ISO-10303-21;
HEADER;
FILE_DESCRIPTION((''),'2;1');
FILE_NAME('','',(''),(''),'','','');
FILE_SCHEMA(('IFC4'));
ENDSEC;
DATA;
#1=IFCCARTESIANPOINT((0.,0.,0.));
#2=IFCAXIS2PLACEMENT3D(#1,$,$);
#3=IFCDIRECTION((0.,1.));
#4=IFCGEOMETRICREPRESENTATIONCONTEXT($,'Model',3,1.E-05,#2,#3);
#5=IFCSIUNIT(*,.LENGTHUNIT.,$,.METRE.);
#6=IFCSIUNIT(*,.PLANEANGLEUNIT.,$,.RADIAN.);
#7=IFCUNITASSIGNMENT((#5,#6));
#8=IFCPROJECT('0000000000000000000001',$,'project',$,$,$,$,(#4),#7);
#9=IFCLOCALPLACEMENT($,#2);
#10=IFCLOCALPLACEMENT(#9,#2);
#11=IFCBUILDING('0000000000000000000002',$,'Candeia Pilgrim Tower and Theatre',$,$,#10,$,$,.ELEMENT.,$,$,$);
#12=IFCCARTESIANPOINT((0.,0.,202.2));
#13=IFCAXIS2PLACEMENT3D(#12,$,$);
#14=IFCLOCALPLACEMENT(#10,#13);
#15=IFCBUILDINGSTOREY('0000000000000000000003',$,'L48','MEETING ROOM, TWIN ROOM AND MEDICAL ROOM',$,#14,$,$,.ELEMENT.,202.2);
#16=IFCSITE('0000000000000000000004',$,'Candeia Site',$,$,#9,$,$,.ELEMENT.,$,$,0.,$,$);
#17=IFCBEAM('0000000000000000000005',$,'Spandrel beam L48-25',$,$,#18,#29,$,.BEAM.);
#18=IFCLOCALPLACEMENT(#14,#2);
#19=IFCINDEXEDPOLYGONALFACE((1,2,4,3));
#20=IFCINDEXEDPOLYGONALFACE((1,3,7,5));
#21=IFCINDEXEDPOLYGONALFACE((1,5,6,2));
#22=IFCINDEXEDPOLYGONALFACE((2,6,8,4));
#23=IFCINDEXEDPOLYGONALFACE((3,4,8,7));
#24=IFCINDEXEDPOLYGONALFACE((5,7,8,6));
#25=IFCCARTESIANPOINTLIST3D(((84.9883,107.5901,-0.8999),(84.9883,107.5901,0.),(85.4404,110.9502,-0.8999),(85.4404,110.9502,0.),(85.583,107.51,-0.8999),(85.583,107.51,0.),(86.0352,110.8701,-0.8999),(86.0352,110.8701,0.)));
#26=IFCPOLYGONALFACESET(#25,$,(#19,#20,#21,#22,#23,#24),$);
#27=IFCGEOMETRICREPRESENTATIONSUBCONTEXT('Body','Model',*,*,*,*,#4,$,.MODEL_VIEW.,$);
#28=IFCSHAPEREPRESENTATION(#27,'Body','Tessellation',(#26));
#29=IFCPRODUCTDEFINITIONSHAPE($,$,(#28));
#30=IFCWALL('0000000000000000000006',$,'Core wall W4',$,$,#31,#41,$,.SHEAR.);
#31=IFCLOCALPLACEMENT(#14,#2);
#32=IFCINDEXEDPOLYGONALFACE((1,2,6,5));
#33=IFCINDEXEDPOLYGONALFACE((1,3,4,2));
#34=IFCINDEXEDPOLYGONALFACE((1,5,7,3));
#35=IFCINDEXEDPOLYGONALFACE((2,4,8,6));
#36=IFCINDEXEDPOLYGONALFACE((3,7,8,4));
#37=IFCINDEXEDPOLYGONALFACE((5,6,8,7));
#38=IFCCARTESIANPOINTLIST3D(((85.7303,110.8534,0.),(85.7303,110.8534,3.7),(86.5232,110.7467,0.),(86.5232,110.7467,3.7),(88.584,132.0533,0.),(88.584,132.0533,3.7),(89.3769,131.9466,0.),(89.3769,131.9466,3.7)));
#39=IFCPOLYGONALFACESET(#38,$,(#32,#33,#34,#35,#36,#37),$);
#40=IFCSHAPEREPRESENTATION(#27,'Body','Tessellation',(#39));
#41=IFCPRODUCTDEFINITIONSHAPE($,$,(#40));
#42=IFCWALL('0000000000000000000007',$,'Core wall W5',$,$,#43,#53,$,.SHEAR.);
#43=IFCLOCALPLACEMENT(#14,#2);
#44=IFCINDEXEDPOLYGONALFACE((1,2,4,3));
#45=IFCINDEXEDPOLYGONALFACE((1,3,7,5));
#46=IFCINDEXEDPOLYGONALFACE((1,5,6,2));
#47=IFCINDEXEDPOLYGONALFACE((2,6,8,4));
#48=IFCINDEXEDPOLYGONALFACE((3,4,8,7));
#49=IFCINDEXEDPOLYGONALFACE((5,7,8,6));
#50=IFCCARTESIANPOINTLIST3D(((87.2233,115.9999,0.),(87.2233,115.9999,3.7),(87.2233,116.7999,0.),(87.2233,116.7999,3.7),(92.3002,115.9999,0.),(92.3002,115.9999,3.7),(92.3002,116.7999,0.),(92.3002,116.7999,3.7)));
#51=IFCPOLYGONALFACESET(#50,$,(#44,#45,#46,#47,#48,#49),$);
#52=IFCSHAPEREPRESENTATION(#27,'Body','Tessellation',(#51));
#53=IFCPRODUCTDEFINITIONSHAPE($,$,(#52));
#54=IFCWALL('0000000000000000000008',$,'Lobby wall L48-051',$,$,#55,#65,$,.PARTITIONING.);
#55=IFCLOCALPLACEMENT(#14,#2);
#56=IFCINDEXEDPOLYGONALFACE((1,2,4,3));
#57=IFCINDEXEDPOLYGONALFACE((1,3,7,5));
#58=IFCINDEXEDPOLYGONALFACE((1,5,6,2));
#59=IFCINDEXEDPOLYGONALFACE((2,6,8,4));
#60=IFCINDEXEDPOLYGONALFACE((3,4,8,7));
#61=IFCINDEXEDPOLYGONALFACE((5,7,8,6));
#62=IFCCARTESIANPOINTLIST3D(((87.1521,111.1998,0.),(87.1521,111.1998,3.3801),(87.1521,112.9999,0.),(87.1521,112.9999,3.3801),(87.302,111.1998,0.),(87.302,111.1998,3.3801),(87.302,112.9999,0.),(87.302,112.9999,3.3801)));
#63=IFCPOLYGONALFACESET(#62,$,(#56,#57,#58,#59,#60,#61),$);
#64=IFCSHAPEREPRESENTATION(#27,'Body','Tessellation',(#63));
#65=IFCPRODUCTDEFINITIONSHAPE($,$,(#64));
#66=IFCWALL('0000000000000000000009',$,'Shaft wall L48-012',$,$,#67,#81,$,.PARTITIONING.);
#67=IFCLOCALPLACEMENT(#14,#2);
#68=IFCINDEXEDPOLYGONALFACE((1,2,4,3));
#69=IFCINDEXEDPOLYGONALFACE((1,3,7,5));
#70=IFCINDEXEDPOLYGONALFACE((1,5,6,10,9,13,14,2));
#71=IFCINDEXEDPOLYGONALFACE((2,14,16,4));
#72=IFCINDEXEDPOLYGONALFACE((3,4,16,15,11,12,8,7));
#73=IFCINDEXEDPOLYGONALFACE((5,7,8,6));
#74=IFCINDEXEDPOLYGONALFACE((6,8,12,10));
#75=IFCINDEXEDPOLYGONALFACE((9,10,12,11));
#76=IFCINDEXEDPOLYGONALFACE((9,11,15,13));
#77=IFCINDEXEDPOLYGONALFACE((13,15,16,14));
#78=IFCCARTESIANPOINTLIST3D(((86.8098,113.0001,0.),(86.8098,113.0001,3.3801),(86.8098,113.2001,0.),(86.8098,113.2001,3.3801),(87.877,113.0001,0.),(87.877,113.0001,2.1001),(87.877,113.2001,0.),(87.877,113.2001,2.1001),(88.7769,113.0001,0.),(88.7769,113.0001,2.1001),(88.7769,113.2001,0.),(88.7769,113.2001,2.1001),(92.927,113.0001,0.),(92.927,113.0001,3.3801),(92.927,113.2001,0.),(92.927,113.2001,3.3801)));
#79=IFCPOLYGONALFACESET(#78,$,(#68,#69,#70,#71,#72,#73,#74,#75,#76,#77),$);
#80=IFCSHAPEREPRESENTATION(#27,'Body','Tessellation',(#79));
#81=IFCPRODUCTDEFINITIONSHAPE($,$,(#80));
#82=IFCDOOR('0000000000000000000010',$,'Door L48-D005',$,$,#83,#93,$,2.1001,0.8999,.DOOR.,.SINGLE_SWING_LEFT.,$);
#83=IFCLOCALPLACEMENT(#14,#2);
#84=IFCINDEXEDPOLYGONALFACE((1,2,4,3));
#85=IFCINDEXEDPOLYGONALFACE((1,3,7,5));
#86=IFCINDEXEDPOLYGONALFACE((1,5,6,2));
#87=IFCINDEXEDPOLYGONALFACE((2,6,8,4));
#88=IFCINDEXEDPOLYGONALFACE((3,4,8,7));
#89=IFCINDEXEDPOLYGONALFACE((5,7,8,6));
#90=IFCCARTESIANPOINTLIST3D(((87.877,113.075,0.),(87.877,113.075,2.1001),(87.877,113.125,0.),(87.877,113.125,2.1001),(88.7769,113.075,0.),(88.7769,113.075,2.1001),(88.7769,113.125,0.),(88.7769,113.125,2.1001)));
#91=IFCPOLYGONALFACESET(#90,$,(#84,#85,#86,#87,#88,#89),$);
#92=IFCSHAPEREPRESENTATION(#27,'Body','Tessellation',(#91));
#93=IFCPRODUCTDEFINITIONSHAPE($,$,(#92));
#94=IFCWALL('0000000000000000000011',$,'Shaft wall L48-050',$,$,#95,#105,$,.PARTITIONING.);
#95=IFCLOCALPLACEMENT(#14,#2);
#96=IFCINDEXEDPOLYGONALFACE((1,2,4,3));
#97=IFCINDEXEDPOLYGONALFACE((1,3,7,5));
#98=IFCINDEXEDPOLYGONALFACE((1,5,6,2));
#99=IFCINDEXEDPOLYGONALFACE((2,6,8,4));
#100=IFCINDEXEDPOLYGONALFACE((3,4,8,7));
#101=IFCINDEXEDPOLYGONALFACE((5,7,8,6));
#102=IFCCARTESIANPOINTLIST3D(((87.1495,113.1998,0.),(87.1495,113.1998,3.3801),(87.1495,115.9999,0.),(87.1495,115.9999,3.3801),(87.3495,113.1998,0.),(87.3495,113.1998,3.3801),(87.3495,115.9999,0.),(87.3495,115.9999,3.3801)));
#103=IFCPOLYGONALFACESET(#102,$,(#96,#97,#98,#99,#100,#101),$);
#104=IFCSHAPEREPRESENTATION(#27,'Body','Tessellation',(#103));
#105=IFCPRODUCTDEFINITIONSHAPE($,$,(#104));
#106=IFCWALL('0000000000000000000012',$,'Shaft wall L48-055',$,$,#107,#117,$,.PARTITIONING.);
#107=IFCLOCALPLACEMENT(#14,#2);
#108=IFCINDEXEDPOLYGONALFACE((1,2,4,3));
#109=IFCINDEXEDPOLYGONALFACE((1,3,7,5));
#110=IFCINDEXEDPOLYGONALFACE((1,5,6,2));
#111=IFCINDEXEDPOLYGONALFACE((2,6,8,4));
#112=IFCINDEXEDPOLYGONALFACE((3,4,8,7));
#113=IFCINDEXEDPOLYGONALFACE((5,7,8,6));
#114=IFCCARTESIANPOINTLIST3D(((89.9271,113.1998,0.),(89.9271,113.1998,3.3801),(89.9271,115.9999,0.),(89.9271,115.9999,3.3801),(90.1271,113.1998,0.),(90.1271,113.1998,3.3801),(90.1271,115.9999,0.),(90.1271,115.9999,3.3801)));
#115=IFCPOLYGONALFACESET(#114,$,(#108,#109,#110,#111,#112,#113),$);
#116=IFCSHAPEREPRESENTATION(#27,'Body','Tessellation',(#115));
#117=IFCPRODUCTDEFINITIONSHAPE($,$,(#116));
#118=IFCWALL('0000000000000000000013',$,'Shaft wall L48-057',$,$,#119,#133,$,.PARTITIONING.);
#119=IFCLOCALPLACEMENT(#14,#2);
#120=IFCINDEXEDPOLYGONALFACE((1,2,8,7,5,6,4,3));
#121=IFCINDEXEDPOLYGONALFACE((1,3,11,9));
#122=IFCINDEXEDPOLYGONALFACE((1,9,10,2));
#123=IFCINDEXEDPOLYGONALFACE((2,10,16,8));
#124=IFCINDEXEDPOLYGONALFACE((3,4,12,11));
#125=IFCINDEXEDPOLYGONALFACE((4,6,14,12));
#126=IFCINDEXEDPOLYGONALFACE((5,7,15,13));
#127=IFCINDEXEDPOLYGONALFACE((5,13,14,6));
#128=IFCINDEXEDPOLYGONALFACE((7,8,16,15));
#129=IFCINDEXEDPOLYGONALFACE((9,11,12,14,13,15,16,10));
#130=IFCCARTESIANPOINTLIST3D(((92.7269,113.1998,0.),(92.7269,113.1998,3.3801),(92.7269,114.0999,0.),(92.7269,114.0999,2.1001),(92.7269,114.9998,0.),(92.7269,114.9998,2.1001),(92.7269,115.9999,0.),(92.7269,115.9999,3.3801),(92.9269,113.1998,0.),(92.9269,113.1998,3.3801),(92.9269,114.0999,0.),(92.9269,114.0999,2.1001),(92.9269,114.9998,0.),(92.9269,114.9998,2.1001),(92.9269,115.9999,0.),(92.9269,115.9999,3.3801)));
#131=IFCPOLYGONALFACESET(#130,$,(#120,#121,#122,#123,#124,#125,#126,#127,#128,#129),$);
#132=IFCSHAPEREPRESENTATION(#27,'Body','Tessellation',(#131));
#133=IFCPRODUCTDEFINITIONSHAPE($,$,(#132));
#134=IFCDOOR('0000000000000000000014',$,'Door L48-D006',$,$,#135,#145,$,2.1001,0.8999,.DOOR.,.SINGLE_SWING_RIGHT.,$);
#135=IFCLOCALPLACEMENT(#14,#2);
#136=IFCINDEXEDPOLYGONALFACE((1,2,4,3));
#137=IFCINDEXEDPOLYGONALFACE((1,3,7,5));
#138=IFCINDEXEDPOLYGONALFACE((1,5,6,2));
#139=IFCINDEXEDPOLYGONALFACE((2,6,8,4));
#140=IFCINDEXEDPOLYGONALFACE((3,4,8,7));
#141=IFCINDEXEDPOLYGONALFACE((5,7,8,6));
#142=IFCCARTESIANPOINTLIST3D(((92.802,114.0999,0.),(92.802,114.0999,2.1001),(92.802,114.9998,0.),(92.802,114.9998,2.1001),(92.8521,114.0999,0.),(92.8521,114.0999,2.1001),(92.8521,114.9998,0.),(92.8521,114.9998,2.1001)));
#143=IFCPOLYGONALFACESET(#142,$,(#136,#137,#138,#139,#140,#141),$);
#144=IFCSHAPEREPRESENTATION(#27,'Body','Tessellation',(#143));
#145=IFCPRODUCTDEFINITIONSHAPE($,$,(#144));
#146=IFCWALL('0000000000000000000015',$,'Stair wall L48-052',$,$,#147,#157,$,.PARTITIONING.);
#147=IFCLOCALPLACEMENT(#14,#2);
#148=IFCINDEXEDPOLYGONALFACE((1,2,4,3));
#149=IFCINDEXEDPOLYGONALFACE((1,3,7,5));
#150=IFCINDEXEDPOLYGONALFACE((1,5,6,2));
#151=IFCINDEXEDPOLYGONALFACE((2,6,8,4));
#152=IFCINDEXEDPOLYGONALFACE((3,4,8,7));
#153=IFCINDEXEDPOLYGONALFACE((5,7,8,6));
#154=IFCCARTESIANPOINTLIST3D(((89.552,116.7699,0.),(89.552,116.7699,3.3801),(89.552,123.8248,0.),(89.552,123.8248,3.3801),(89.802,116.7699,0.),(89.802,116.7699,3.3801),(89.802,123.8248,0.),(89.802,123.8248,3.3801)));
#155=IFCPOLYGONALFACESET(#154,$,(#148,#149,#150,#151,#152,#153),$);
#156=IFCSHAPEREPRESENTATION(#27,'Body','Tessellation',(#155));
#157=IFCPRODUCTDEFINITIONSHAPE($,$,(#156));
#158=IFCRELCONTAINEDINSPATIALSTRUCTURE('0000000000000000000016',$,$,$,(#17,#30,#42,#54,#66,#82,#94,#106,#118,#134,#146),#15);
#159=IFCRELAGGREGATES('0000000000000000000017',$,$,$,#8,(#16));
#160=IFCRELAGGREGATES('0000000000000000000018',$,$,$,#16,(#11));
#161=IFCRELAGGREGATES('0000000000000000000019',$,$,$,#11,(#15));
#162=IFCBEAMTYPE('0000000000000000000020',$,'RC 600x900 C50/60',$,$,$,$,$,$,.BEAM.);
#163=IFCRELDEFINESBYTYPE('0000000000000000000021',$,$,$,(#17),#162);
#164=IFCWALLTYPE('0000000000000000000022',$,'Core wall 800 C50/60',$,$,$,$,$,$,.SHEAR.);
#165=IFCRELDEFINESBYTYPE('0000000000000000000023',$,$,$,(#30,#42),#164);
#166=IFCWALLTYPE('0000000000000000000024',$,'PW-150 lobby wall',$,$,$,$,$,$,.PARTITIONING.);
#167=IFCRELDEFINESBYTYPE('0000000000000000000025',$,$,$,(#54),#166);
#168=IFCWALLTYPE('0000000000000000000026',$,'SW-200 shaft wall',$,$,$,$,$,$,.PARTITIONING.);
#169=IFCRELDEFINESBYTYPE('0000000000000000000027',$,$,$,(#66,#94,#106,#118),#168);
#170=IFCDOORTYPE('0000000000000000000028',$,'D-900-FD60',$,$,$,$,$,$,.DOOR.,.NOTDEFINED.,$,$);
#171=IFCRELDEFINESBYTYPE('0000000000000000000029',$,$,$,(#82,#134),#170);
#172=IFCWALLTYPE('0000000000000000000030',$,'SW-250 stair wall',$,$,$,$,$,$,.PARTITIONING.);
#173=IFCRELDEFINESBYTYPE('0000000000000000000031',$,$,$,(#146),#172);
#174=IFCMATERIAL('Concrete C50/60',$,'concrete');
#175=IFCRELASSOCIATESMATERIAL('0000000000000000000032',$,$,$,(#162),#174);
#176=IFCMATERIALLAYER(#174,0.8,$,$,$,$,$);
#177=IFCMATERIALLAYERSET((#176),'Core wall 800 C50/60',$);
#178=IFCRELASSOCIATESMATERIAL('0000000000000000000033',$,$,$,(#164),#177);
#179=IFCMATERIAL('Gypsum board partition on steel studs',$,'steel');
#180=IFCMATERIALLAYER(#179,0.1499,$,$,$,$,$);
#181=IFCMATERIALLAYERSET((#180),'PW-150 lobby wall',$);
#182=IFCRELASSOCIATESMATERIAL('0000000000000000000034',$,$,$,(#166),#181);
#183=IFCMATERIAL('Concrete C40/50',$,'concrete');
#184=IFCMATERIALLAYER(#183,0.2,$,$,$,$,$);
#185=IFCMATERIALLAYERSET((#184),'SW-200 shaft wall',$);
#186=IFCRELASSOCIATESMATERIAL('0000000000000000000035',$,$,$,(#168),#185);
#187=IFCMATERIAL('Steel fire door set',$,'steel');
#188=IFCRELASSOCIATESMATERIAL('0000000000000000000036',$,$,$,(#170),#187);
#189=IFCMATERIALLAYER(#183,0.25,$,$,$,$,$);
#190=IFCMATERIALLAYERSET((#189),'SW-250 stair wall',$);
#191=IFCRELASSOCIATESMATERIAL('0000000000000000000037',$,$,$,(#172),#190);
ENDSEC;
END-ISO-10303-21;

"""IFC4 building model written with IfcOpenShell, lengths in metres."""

from ifc_helpers import new_model, si_unit, direction, frame, frame_2d, origin, origin_2d, place, context, subcontext, project, spatial, rectangle, extrude, material, layer, layer_set, material_profile, profile_set, type_object, element, fill, save


model = new_model("IFC4")

# Units and contexts
model_context = context("Model", 3, precision=1e-05, world=origin(), true_north=direction((0.0, 1.0)))
body_context = subcontext(model_context, "Body", "Model", "MODEL_VIEW")
ifc_project = project(units=[si_unit("LENGTHUNIT", "METRE"), si_unit("PLANEANGLEUNIT", "RADIAN")], contexts=[model_context])

# Site, building, storey
site_placement = place(None, origin())
site = spatial("IfcSite", under=ifc_project, at=site_placement, Name="Candeia Site", CompositionType="ELEMENT", RefElevation=0.0)
building_placement = place(site_placement, origin())
building = spatial("IfcBuilding", under=site, at=building_placement, Name="Candeia Pilgrim Tower and Theatre", CompositionType="ELEMENT")
storey_placement = place(building_placement, frame((0.0, 0.0, 202.2)))
storey = spatial("IfcBuildingStorey", under=building, at=storey_placement, Name="L48", Description="MEETING ROOM, TWIN ROOM AND MEDICAL ROOM", CompositionType="ELEMENT", Elevation=202.2)

# Beam
ifc_material_1 = material(Name="Concrete C50/60", Category="concrete")
ifc_material_profile = material_profile(ifc_material_1, rectangle(XDim=0.6001, YDim=0.8999, at=origin_2d()))
ifc_profile_set = profile_set([ifc_material_profile], Name="Concrete C50/60")
beam_type = type_object("IfcBeamType", Name="RC 600x900 C50/60", PredefinedType="BEAM", material=ifc_profile_set)
beam_placement = place(storey_placement, frame((85.7378, 110.9102, -0.45), z_axis=(-0.133362, -0.991067, 0.0), x_axis=(0.991067, -0.133362, 0.0)))
element("IfcBeam", 1, at=beam_placement, inside=storey, type_object=beam_type, Name="Spandrel beam L48-25", PredefinedType="BEAM", context=body_context, shape_type="SweptSolid", body=[
    extrude(rectangle(XDim=0.6001, YDim=0.8999, at=origin_2d()), origin(), (0.0, 0.0, 1.0), 3.3904),
])

# Walls
ifc_layer_1 = layer(ifc_material_1, 0.8)
ifc_layer_set_1 = layer_set([ifc_layer_1], Name="Core wall 800 C50/60")
wall_type_1 = type_object("IfcWallType", Name="Core wall 800 C50/60", PredefinedType="SHEAR", material=ifc_layer_set_1)
wall_1_placement = place(storey_placement, frame((86.1267, 110.8, 0.0), z_axis=(0.0, 0.0, 1.0), x_axis=(0.133408, 0.991061, 0.0)))
element("IfcWall", 2, at=wall_1_placement, inside=storey, type_object=wall_type_1, Name="Core wall W4", PredefinedType="SHEAR", context=body_context, shape_type="SweptSolid", body=[
    extrude(rectangle(XDim=21.3911, YDim=0.8, at=frame_2d((10.6956, 0.0))), origin(), (0.0, 0.0, 1.0), 3.7),
])
wall_2_placement = place(storey_placement, frame((87.2231, 116.3999, 0.0), z_axis=(0.0, 0.0, 1.0), x_axis=(1.0, 0.0, 0.0)))
element("IfcWall", 3, at=wall_2_placement, inside=storey, type_object=wall_type_1, Name="Core wall W5", PredefinedType="SHEAR", context=body_context, shape_type="SweptSolid", body=[
    extrude(rectangle(XDim=5.0769, YDim=0.8, at=frame_2d((2.5386, 0.0))), origin(), (0.0, 0.0, 1.0), 3.7),
])
ifc_material_2 = material(Name="Gypsum board partition on steel studs", Category="steel")
ifc_layer_2 = layer(ifc_material_2, 0.1499)
ifc_layer_set_2 = layer_set([ifc_layer_2], Name="PW-150 lobby wall")
wall_type_2 = type_object("IfcWallType", Name="PW-150 lobby wall", PredefinedType="PARTITIONING", material=ifc_layer_set_2)
wall_3_placement = place(storey_placement, frame((87.2271, 111.2, 0.0), z_axis=(0.0, 0.0, 1.0), x_axis=(0.0, 1.0, 0.0)))
element("IfcWall", 4, at=wall_3_placement, inside=storey, type_object=wall_type_2, Name="Lobby wall L48-051", PredefinedType="PARTITIONING", context=body_context, shape_type="SweptSolid", body=[
    extrude(rectangle(XDim=1.8, YDim=0.1499, at=frame_2d((0.8999, 0.0))), origin(), (0.0, 0.0, 1.0), 3.3801),
])

# Wall, opening, door
ifc_material_3 = material(Name="Concrete C40/50", Category="concrete")
ifc_layer_3 = layer(ifc_material_3, 0.2)
ifc_layer_set_3 = layer_set([ifc_layer_3], Name="SW-200 shaft wall")
wall_type_3 = type_object("IfcWallType", Name="SW-200 shaft wall", PredefinedType="PARTITIONING", material=ifc_layer_set_3)
wall_4_placement = place(storey_placement, frame((86.8098, 113.1001, 0.0), z_axis=(0.0, 0.0, 1.0), x_axis=(1.0, 0.0, 0.0)))
wall_4 = element("IfcWall", 5, at=wall_4_placement, inside=storey, type_object=wall_type_3, Name="Shaft wall L48-012", PredefinedType="PARTITIONING", context=body_context, shape_type="SweptSolid", body=[
    extrude(rectangle(XDim=6.1172, YDim=0.2, at=frame_2d((3.0586, 0.0))), origin(), (0.0, 0.0, 1.0), 3.3801),
])
opening_1_placement = place(wall_4_placement, frame((1.0671, 0.0, 0.0)))
opening_1 = element("IfcOpeningElement", 6, at=opening_1_placement, cuts=wall_4, PredefinedType="OPENING", context=body_context, shape_type="SweptSolid", body=[
    extrude(rectangle(XDim=0.8999, YDim=2.1001, at=frame_2d((0.45, 1.05))), frame((0.0, 0.1099, 0.0), z_axis=(0.0, -1.0, 0.0), x_axis=(1.0, 0.0, 0.0)), (0.0, 0.0, 1.0), 0.22),
])
ifc_material_4 = material(Name="Steel fire door set", Category="steel")
door_type = type_object("IfcDoorType", Name="D-900-FD60", OperationType="NOTDEFINED", PredefinedType="DOOR", material=ifc_material_4)
door_1_placement = place(opening_1_placement, origin())
door_1 = element("IfcDoor", 7, at=door_1_placement, inside=storey, type_object=door_type, Name="Door L48-D005", OperationType="SINGLE_SWING_LEFT", OverallHeight=2.1001, OverallWidth=0.8999, PredefinedType="DOOR", context=body_context, shape_type="SweptSolid", body=[
    extrude(rectangle(XDim=0.8999, YDim=2.1001, at=frame_2d((0.45, 1.05))), frame((0.0, 0.0249, 0.0), z_axis=(0.0, -1.0, 0.0), x_axis=(1.0, 0.0, 0.0)), (0.0, 0.0, 1.0), 0.05),
])
fill(opening_1, door_1)

# Walls
for number, where, z_axis, x_axis, name in (
    (8, (87.2495, 113.2, 0.0), (0.0, 0.0, 1.0), (0.0, 1.0, 0.0), "Shaft wall L48-050"),
    (9, (90.0271, 113.2, 0.0), (0.0, 0.0, 1.0), (0.0, 1.0, 0.0), "Shaft wall L48-055"),
):
    element("IfcWall", number, at=place(storey_placement, frame(where, z_axis=z_axis, x_axis=x_axis)), inside=storey, type_object=wall_type_3, Name=name, PredefinedType="PARTITIONING", context=body_context, shape_type="SweptSolid", body=[
        extrude(rectangle(XDim=2.8, YDim=0.2, at=frame_2d((1.3999, 0.0))), origin(), (0.0, 0.0, 1.0), 3.3801),
    ])

# Wall, opening, door
wall_5_placement = place(storey_placement, frame((92.8269, 113.2, 0.0), z_axis=(0.0, 0.0, 1.0), x_axis=(0.0, 1.0, 0.0)))
wall_5 = element("IfcWall", 10, at=wall_5_placement, inside=storey, type_object=wall_type_3, Name="Shaft wall L48-057", PredefinedType="PARTITIONING", context=body_context, shape_type="SweptSolid", body=[
    extrude(rectangle(XDim=2.8, YDim=0.2, at=frame_2d((1.3999, 0.0))), origin(), (0.0, 0.0, 1.0), 3.3801),
])
opening_2_placement = place(wall_5_placement, frame((0.8999, 0.0, 0.0)))
opening_2 = element("IfcOpeningElement", 11, at=opening_2_placement, cuts=wall_5, PredefinedType="OPENING", context=body_context, shape_type="SweptSolid", body=[
    extrude(rectangle(XDim=0.8999, YDim=2.1001, at=frame_2d((0.45, 1.05))), frame((0.0, 0.1099, 0.0), z_axis=(0.0, -1.0, 0.0), x_axis=(1.0, 0.0, 0.0)), (0.0, 0.0, 1.0), 0.22),
])
door_2_placement = place(opening_2_placement, origin())
door_2 = element("IfcDoor", 12, at=door_2_placement, inside=storey, type_object=door_type, Name="Door L48-D006", OperationType="SINGLE_SWING_RIGHT", OverallHeight=2.1001, OverallWidth=0.8999, PredefinedType="DOOR", context=body_context, shape_type="SweptSolid", body=[
    extrude(rectangle(XDim=0.8999, YDim=2.1001, at=frame_2d((0.45, 1.05))), frame((0.0, 0.0249, 0.0), z_axis=(0.0, -1.0, 0.0), x_axis=(1.0, 0.0, 0.0)), (0.0, 0.0, 1.0), 0.05),
])
fill(opening_2, door_2)

# Wall
ifc_layer_4 = layer(ifc_material_3, 0.25)
ifc_layer_set_4 = layer_set([ifc_layer_4], Name="SW-250 stair wall")
wall_type_4 = type_object("IfcWallType", Name="SW-250 stair wall", PredefinedType="PARTITIONING", material=ifc_layer_set_4)
wall_6_placement = place(storey_placement, frame((89.677, 116.77, 0.0), z_axis=(0.0, 0.0, 1.0), x_axis=(0.0, 1.0, 0.0)))
element("IfcWall", 13, at=wall_6_placement, inside=storey, type_object=wall_type_4, Name="Stair wall L48-052", PredefinedType="PARTITIONING", context=body_context, shape_type="SweptSolid", body=[
    extrude(rectangle(XDim=7.0549, YDim=0.25, at=frame_2d((3.5273, 0.0))), origin(), (0.0, 0.0, 1.0), 3.3801),
])

save(model, "model.ifc")
